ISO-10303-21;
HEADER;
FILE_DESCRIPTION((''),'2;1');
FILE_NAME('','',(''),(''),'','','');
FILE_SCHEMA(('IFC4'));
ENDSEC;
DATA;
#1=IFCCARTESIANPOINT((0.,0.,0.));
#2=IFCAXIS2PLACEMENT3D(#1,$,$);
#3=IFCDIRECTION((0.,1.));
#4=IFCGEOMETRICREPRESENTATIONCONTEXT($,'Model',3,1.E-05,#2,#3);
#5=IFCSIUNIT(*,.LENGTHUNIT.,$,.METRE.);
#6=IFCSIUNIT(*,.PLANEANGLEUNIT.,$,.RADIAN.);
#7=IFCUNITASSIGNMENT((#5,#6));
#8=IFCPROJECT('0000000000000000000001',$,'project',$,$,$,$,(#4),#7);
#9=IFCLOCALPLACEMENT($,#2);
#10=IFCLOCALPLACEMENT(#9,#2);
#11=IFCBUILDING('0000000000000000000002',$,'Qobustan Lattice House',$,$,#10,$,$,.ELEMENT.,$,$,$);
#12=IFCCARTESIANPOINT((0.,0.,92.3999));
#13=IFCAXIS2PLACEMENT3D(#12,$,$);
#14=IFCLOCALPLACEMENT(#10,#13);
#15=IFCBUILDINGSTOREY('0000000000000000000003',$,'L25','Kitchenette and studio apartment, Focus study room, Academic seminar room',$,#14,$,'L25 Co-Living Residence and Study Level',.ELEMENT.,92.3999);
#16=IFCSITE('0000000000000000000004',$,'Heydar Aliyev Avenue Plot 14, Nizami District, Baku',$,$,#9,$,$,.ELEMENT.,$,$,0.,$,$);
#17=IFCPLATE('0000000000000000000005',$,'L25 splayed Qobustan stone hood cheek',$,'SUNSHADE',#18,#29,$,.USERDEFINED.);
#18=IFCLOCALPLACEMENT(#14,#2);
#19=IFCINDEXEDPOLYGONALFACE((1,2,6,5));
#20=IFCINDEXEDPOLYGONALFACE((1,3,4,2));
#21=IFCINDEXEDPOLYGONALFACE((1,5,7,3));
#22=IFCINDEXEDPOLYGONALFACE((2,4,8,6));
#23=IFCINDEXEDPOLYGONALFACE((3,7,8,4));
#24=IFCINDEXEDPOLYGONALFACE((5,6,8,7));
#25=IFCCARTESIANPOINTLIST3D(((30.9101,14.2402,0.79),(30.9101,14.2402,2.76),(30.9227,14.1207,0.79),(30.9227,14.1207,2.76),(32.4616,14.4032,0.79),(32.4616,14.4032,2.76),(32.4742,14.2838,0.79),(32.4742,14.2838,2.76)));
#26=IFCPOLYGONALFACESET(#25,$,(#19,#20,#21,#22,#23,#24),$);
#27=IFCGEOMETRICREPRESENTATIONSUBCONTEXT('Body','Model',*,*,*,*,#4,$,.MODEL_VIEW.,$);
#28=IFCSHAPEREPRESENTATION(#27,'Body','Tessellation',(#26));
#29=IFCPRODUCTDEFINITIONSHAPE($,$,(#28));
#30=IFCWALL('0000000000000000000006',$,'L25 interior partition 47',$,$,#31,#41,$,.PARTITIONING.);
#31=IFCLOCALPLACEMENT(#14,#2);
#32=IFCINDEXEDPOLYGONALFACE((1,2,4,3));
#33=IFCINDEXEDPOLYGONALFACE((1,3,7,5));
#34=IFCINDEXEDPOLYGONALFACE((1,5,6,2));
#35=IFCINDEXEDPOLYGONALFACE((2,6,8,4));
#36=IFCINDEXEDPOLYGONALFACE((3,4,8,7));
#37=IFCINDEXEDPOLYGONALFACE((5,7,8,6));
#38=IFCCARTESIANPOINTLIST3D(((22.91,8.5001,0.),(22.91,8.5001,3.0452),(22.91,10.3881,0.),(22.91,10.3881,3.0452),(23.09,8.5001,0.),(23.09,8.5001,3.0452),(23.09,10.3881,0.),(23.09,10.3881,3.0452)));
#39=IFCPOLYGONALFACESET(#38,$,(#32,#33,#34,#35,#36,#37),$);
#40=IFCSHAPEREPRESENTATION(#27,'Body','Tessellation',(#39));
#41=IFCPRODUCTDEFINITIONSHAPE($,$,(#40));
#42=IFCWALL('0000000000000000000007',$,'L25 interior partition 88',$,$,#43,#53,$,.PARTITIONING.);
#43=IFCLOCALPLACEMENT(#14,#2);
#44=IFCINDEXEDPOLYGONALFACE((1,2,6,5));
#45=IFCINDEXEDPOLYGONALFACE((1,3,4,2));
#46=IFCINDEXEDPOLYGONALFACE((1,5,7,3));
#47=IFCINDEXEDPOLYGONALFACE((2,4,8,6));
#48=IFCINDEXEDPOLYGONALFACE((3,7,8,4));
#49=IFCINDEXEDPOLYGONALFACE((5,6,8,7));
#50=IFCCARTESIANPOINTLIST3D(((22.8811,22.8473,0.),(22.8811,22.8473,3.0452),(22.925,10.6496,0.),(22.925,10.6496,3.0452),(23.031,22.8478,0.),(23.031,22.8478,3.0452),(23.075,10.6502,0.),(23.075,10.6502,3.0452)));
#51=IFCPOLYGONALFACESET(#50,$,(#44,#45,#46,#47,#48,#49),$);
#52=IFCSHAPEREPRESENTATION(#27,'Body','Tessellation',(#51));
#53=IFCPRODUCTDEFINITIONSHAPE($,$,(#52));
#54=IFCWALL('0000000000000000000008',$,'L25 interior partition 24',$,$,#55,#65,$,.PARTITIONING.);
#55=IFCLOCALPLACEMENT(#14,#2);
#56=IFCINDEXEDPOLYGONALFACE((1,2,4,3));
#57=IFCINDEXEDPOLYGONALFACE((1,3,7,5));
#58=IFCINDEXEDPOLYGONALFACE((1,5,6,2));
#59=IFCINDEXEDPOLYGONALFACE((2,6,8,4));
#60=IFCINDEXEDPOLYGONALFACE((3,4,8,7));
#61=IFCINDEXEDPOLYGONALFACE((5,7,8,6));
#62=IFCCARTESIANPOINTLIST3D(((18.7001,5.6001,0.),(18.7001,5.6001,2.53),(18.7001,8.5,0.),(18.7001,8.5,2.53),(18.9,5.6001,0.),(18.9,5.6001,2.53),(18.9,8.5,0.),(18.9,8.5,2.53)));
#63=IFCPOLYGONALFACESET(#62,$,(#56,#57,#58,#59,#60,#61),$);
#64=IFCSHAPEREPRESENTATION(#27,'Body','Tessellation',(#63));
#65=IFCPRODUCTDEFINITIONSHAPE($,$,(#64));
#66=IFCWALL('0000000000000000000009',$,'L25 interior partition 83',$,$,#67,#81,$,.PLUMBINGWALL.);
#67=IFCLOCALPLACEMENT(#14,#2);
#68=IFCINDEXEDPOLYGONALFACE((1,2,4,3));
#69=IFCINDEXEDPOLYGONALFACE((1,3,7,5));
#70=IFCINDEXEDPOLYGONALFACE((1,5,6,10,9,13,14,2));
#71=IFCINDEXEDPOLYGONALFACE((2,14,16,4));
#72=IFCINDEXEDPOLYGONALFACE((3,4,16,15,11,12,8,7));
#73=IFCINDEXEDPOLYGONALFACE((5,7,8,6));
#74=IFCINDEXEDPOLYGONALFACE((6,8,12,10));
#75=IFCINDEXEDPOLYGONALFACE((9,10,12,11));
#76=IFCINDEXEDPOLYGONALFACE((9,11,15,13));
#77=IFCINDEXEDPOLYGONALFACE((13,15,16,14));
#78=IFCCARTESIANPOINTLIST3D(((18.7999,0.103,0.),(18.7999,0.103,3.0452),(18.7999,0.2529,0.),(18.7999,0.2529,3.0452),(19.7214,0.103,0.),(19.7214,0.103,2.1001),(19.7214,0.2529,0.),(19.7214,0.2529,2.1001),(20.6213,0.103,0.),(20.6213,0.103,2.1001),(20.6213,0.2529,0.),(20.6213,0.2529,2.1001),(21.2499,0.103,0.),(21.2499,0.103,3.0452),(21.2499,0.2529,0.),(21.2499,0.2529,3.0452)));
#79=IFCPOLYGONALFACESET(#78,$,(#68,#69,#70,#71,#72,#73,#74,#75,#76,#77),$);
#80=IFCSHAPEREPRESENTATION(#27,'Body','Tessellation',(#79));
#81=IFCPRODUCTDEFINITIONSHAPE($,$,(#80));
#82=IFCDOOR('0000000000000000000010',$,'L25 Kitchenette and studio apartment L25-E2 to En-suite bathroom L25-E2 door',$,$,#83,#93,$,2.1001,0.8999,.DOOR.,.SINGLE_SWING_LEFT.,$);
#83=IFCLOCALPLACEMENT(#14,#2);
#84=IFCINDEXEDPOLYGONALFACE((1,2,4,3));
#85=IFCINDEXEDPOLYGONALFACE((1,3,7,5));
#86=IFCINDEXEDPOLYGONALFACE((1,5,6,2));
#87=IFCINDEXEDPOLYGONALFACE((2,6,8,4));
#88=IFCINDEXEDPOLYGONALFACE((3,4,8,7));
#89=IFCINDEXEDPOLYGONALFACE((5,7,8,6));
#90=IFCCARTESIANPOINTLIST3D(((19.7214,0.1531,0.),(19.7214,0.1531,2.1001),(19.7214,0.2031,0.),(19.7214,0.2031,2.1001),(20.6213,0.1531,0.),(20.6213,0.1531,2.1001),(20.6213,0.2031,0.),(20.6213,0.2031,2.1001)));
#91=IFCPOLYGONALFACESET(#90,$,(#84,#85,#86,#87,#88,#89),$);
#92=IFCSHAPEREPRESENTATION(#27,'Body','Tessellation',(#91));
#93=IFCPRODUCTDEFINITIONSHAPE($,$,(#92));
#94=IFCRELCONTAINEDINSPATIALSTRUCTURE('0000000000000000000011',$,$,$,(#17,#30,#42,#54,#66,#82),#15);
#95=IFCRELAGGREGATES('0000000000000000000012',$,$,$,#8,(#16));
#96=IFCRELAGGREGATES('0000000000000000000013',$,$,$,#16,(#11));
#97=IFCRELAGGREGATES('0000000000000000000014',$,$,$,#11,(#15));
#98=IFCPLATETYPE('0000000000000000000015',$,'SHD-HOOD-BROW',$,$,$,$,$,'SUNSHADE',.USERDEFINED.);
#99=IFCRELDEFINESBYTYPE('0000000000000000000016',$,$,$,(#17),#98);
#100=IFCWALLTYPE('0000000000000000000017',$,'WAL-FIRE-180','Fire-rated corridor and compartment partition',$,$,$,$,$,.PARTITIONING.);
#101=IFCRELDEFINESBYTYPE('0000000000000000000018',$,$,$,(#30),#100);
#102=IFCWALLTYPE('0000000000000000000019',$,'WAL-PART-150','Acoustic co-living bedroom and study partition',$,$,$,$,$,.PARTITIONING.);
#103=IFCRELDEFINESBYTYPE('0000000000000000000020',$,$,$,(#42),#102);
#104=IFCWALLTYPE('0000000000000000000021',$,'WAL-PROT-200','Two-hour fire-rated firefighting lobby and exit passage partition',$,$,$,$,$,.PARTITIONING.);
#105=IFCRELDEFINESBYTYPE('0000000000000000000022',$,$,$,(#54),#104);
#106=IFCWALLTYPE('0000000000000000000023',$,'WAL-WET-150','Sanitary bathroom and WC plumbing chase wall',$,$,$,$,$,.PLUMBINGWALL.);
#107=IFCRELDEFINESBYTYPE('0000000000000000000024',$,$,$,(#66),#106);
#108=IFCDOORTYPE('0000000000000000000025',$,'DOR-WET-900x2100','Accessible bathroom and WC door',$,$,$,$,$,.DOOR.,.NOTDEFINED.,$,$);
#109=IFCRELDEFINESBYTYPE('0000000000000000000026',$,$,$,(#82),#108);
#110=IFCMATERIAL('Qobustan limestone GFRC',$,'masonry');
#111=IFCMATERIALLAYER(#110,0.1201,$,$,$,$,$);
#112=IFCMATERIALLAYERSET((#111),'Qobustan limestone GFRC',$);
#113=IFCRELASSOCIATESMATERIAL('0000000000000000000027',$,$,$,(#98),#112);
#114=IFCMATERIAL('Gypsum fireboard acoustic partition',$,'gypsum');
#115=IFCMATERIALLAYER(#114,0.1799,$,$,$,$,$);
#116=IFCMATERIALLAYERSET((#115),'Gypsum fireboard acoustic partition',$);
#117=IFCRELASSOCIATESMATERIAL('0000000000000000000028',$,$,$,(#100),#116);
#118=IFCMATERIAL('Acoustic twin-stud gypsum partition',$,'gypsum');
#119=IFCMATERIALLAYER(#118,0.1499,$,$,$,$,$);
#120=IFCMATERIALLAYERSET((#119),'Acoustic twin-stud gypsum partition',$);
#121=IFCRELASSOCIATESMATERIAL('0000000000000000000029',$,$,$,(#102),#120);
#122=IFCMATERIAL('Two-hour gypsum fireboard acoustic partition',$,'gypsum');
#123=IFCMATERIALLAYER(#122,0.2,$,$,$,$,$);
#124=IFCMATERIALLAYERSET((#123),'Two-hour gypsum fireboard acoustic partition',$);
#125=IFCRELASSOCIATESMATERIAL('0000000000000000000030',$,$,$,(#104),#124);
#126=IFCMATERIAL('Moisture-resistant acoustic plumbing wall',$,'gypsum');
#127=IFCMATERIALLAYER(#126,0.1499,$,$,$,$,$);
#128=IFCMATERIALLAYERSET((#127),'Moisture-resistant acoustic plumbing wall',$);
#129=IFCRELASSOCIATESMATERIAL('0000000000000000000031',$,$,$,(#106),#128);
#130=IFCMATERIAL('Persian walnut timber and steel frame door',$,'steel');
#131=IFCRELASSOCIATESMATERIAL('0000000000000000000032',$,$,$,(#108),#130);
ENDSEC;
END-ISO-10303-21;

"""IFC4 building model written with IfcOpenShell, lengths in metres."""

from ifc_helpers import new_model, si_unit, direction, frame, frame_2d, origin, origin_2d, place, context, subcontext, project, spatial, rectangle, extrude, material, layer, layer_set, type_object, element, fill, save


model = new_model("IFC4")

# Units and contexts
model_context = context("Model", 3, precision=1e-05, world=origin(), true_north=direction((0.0, 1.0)))
body_context = subcontext(model_context, "Body", "Model", "MODEL_VIEW")
ifc_project = project(units=[si_unit("LENGTHUNIT", "METRE"), si_unit("PLANEANGLEUNIT", "RADIAN")], contexts=[model_context])

# Site, building, storey
site_placement = place(None, origin())
site = spatial("IfcSite", under=ifc_project, at=site_placement, Name="Heydar Aliyev Avenue Plot 14, Nizami District, Baku", CompositionType="ELEMENT", RefElevation=0.0)
building_placement = place(site_placement, origin())
building = spatial("IfcBuilding", under=site, at=building_placement, Name="Qobustan Lattice House", CompositionType="ELEMENT")
storey_placement = place(building_placement, frame((0.0, 0.0, 92.3999)))
storey = spatial("IfcBuildingStorey", under=building, at=storey_placement, Name="L25", Description="Kitchenette and studio apartment, Focus study room, Academic seminar room", LongName="L25 Co-Living Residence and Study Level", CompositionType="ELEMENT", Elevation=92.3999)

# Plate
ifc_material_1 = material(Name="Qobustan limestone GFRC", Category="masonry")
ifc_layer_1 = layer(ifc_material_1, 0.1201)
ifc_layer_set_1 = layer_set([ifc_layer_1], Name="Qobustan limestone GFRC")
plate_type = type_object("IfcPlateType", Name="SHD-HOOD-BROW", ElementType="SUNSHADE", PredefinedType="USERDEFINED", material=ifc_layer_set_1)
plate_placement = place(storey_placement, frame((31.6921, 14.262, 0.79), z_axis=(0.0, 0.0, 1.0), x_axis=(0.104528, -0.994522, 0.0)))
element("IfcPlate", 1, at=plate_placement, inside=storey, type_object=plate_type, Name="L25 splayed Qobustan stone hood cheek", ObjectType="SUNSHADE", PredefinedType="USERDEFINED", context=body_context, shape_type="SweptSolid", body=[
    extrude(rectangle(XDim=0.1201, YDim=1.5601, at=origin_2d()), origin(), (0.0, 0.0, 1.0), 1.97),
])

# Shared definitions
ifc_material_2 = material(Name="Gypsum fireboard acoustic partition", Category="gypsum")
ifc_layer_2 = layer(ifc_material_2, 0.1799)
ifc_layer_set_2 = layer_set([ifc_layer_2], Name="Gypsum fireboard acoustic partition")
wall_type_1 = type_object("IfcWallType", Name="WAL-FIRE-180", Description="Fire-rated corridor and compartment partition", PredefinedType="PARTITIONING", material=ifc_layer_set_2)

# Wall
wall_1_placement = place(storey_placement, frame((23.0, 10.3879, 0.0), z_axis=(0.0, 0.0, 1.0), x_axis=(0.0, -1.0, 0.0)))
element("IfcWall", 2, at=wall_1_placement, inside=storey, type_object=wall_type_1, Name="L25 interior partition 47", PredefinedType="PARTITIONING", context=body_context, shape_type="SweptSolid", body=[
    extrude(rectangle(XDim=1.8879, YDim=0.1799, at=frame_2d((0.9438, 0.0))), origin(), (0.0, 0.0, 1.0), 3.0452),
])

# Shared definitions
ifc_material_3 = material(Name="Acoustic twin-stud gypsum partition", Category="gypsum")
ifc_layer_3 = layer(ifc_material_3, 0.1499)
ifc_layer_set_3 = layer_set([ifc_layer_3], Name="Acoustic twin-stud gypsum partition")
wall_type_2 = type_object("IfcWallType", Name="WAL-PART-150", Description="Acoustic co-living bedroom and study partition", PredefinedType="PARTITIONING", material=ifc_layer_set_3)

# Wall
wall_2_placement = place(storey_placement, frame((23.0, 10.6499, 0.0), z_axis=(0.0, 0.0, 1.0), x_axis=(-0.003603, 0.999994, 0.0)))
element("IfcWall", 3, at=wall_2_placement, inside=storey, type_object=wall_type_2, Name="L25 interior partition 88", PredefinedType="PARTITIONING", context=body_context, shape_type="SweptSolid", body=[
    extrude(rectangle(XDim=12.1978, YDim=0.1499, at=frame_2d((6.0989, 0.0))), origin(), (0.0, 0.0, 1.0), 3.0452),
])

# Shared definitions
ifc_material_4 = material(Name="Two-hour gypsum fireboard acoustic partition", Category="gypsum")
ifc_layer_4 = layer(ifc_material_4, 0.2)
ifc_layer_set_4 = layer_set([ifc_layer_4], Name="Two-hour gypsum fireboard acoustic partition")
wall_type_3 = type_object("IfcWallType", Name="WAL-PROT-200", Description="Two-hour fire-rated firefighting lobby and exit passage partition", PredefinedType="PARTITIONING", material=ifc_layer_set_4)

# Wall
wall_3_placement = place(storey_placement, frame((18.8, 5.6001, 0.0), z_axis=(0.0, 0.0, 1.0), x_axis=(0.0, 1.0, 0.0)))
element("IfcWall", 4, at=wall_3_placement, inside=storey, type_object=wall_type_3, Name="L25 interior partition 24", PredefinedType="PARTITIONING", context=body_context, shape_type="SweptSolid", body=[
    extrude(rectangle(XDim=2.8999, YDim=0.2, at=frame_2d((1.45, 0.0))), origin(), (0.0, 0.0, 1.0), 2.53),
])

# Wall, opening, door
ifc_material_5 = material(Name="Moisture-resistant acoustic plumbing wall", Category="gypsum")
ifc_layer_5 = layer(ifc_material_5, 0.1499)
ifc_layer_set_5 = layer_set([ifc_layer_5], Name="Moisture-resistant acoustic plumbing wall")
wall_type_4 = type_object("IfcWallType", Name="WAL-WET-150", Description="Sanitary bathroom and WC plumbing chase wall", PredefinedType="PLUMBINGWALL", material=ifc_layer_set_5)
wall_4_placement = place(storey_placement, frame((21.25, 0.178, 0.0), z_axis=(0.0, 0.0, 1.0), x_axis=(-1.0, 0.0, 0.0)))
wall_4 = element("IfcWall", 5, at=wall_4_placement, inside=storey, type_object=wall_type_4, Name="L25 interior partition 83", PredefinedType="PLUMBINGWALL", context=body_context, shape_type="SweptSolid", body=[
    extrude(rectangle(XDim=2.45, YDim=0.1499, at=frame_2d((1.2251, 0.0))), origin(), (0.0, 0.0, 1.0), 3.0452),
])
opening_1_placement = place(wall_4_placement, frame((0.6287, 0.0, 0.0)))
opening_1 = element("IfcOpeningElement", 6, at=opening_1_placement, cuts=wall_4, PredefinedType="OPENING", context=body_context, shape_type="SweptSolid", body=[
    extrude(rectangle(XDim=0.8999, YDim=2.1001, at=frame_2d((0.45, 1.05))), frame((0.0, 0.085, 0.0), z_axis=(0.0, -1.0, 0.0), x_axis=(1.0, 0.0, 0.0)), (0.0, 0.0, 1.0), 0.1699),
])
ifc_material_6 = material(Name="Persian walnut timber and steel frame door", Category="steel")
door_type_1 = type_object("IfcDoorType", Name="DOR-WET-900x2100", Description="Accessible bathroom and WC door", OperationType="NOTDEFINED", PredefinedType="DOOR", material=ifc_material_6)
door_1_placement = place(opening_1_placement, origin())
door_1 = element("IfcDoor", 7, at=door_1_placement, inside=storey, type_object=door_type_1, Name="L25 Kitchenette and studio apartment L25-E2 to En-suite bathroom L25-E2 door", OperationType="SINGLE_SWING_LEFT", OverallHeight=2.1001, OverallWidth=0.8999, PredefinedType="DOOR", context=body_context, shape_type="SweptSolid", body=[
    extrude(rectangle(XDim=0.8999, YDim=2.1001, at=frame_2d((0.45, 1.05))), frame((0.0, 0.0249, 0.0), z_axis=(0.0, -1.0, 0.0), x_axis=(1.0, 0.0, 0.0)), (0.0, 0.0, 1.0), 0.05),
])
fill(opening_1, door_1)

save(model, "model.ifc")
